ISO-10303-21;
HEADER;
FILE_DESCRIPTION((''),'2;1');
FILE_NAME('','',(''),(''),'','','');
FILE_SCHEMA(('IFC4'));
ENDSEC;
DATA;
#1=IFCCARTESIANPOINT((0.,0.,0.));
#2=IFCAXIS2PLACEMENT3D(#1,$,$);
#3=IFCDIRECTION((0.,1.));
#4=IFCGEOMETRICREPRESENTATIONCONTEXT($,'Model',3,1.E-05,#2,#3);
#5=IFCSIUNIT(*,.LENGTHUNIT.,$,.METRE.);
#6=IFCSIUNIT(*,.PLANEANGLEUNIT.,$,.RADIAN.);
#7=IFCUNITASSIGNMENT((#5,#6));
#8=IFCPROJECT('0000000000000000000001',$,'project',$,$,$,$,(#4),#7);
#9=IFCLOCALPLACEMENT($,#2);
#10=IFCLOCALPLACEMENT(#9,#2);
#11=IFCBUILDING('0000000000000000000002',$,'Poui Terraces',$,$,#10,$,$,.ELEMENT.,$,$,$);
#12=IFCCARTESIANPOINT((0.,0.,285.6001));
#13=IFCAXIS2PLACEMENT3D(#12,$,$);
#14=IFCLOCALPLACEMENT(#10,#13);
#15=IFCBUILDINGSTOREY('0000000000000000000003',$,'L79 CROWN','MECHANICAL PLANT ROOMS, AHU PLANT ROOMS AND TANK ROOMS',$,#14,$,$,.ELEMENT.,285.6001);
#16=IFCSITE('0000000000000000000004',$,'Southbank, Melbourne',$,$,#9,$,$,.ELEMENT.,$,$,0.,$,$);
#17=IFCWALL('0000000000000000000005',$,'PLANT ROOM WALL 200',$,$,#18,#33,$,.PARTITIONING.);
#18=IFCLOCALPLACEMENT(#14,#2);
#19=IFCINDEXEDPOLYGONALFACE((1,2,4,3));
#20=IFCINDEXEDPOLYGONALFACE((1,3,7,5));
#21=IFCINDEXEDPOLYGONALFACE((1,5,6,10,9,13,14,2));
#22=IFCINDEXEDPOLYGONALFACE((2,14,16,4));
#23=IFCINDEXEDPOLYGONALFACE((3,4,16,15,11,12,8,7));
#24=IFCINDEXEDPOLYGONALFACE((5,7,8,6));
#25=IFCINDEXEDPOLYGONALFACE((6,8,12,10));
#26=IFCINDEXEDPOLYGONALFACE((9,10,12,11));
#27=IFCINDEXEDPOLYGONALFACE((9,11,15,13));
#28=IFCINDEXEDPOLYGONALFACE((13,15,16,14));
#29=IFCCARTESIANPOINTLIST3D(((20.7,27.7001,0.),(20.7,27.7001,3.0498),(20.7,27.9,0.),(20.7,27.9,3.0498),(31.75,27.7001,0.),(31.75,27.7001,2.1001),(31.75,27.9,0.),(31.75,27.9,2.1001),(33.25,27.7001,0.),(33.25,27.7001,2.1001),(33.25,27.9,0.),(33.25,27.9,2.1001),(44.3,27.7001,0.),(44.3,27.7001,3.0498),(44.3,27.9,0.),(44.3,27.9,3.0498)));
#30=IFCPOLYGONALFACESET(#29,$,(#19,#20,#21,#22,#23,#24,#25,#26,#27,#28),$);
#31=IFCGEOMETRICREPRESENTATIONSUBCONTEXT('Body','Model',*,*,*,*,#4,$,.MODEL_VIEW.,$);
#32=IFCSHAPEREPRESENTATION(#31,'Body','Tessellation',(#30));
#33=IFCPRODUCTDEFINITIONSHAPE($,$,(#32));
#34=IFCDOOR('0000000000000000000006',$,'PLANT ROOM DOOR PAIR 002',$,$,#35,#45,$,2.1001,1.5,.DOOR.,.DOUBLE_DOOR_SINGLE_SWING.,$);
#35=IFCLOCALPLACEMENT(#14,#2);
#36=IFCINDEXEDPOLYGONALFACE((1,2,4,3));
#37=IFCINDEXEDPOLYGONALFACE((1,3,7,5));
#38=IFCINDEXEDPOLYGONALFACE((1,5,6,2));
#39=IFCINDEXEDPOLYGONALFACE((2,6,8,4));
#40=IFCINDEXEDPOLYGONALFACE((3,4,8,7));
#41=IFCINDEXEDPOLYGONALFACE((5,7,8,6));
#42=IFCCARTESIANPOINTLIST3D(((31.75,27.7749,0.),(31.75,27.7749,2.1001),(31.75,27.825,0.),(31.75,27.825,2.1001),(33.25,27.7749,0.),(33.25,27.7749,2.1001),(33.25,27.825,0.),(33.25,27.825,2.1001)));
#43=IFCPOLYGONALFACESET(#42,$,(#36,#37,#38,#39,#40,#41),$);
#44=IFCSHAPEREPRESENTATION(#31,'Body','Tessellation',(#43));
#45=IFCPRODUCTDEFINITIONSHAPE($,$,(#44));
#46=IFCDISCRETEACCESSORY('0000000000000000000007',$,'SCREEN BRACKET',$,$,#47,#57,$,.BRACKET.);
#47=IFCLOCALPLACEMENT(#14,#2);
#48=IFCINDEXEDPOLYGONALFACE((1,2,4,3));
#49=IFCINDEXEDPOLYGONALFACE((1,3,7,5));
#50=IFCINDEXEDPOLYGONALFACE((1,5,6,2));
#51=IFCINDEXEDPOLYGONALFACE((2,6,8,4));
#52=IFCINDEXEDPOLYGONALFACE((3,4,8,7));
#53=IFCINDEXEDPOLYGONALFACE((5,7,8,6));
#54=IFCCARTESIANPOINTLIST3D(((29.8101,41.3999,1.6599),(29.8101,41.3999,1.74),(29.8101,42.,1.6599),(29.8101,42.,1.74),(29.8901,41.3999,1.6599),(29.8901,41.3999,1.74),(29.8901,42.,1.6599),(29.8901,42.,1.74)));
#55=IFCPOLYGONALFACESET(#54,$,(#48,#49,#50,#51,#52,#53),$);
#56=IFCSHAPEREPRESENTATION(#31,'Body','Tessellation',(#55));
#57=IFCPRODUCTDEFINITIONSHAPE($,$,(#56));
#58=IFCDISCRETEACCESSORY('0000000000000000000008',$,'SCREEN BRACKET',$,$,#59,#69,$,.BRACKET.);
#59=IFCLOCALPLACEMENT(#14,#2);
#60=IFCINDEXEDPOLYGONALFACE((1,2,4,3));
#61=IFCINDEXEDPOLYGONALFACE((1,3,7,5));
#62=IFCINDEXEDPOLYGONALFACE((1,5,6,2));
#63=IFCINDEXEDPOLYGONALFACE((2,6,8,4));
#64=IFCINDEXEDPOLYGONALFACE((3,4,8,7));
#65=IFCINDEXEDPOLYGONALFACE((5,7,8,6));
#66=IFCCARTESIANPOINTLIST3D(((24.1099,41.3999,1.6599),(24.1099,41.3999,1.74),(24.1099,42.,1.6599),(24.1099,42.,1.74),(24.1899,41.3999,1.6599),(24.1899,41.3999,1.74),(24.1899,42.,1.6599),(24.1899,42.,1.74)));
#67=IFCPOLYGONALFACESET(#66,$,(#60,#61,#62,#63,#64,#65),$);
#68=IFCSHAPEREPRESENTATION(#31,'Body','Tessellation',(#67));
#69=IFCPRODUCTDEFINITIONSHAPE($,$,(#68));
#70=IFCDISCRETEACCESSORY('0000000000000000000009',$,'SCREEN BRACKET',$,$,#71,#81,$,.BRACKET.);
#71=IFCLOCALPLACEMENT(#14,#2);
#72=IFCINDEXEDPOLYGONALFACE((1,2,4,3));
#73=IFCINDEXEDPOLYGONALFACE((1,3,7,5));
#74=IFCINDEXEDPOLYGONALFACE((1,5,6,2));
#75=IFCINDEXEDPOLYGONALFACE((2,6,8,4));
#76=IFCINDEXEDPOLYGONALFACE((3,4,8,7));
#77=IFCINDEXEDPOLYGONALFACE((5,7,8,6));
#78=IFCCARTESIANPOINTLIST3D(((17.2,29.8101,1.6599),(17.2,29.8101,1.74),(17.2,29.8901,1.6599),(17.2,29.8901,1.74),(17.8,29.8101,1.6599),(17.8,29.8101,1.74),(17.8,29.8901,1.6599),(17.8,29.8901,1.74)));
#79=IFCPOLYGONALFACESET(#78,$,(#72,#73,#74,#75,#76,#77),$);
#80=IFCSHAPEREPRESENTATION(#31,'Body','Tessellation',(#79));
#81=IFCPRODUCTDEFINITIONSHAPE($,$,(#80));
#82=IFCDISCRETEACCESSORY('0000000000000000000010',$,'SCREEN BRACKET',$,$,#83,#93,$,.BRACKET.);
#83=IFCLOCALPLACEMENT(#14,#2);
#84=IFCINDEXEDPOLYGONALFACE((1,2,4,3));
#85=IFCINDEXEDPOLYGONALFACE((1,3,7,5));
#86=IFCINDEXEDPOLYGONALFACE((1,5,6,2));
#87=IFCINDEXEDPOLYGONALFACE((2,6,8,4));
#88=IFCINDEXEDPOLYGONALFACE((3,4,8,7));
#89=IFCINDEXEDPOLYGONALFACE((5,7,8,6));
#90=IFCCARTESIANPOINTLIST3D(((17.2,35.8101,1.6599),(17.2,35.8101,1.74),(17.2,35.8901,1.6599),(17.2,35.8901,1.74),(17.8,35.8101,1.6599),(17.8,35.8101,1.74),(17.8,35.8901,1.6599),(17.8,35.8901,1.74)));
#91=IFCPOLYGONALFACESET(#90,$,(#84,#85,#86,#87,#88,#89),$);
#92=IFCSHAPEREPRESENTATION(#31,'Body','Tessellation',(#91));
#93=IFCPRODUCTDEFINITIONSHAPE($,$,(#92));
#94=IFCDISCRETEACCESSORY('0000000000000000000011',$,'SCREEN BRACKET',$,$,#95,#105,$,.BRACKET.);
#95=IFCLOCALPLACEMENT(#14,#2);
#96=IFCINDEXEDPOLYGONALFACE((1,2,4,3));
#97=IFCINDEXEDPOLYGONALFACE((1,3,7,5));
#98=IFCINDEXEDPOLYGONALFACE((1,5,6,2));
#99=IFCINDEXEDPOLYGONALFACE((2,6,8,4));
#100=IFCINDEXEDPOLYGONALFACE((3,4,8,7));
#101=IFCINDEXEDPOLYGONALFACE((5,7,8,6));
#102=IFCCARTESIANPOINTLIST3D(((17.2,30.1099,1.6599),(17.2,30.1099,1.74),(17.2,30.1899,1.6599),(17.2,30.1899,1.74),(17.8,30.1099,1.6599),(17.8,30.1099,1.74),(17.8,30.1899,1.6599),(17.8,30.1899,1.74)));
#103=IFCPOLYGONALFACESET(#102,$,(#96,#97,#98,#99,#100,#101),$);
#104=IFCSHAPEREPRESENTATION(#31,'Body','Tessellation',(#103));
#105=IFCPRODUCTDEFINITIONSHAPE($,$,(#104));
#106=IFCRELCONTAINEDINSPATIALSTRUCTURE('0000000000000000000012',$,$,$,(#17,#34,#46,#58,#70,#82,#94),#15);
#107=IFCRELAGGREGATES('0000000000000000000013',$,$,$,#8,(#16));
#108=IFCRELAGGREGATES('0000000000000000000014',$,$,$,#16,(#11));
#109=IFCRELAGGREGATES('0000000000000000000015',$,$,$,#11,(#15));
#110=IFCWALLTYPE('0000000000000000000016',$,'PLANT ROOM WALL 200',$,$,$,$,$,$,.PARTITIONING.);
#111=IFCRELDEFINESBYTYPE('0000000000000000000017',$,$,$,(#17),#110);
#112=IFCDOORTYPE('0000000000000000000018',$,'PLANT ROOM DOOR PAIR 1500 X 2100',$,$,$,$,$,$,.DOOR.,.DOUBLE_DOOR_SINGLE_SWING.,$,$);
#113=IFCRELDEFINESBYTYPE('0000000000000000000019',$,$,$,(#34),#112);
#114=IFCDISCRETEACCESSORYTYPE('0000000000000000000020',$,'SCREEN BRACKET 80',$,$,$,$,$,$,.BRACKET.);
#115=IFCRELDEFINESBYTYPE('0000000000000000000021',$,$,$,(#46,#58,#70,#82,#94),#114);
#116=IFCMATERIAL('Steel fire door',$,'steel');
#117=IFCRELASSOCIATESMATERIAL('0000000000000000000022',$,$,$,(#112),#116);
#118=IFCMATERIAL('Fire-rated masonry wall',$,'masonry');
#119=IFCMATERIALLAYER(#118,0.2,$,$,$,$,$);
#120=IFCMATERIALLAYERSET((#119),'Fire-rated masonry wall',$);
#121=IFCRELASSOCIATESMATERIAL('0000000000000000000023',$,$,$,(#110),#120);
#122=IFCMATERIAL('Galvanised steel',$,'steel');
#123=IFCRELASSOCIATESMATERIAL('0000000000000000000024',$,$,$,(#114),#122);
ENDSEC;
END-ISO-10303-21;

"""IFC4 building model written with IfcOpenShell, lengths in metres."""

from ifc_helpers import new_model, si_unit, direction, frame, frame_2d, origin, origin_2d, place, context, subcontext, project, spatial, rectangle, extrude, source, transform, mapped, material, layer, layer_set, material_profile, profile_set, type_object, element, fill, save


model = new_model("IFC4")

# Units and contexts
model_context = context("Model", 3, precision=1e-05, world=origin(), true_north=direction((0.0, 1.0)))
body_context = subcontext(model_context, "Body", "Model", "MODEL_VIEW")
ifc_project = project(units=[si_unit("LENGTHUNIT", "METRE"), si_unit("PLANEANGLEUNIT", "RADIAN")], contexts=[model_context])

# Site, building, storey
site_placement = place(None, origin())
site = spatial("IfcSite", under=ifc_project, at=site_placement, Name="Southbank, Melbourne", CompositionType="ELEMENT", RefElevation=0.0)
building_placement = place(site_placement, origin())
building = spatial("IfcBuilding", under=site, at=building_placement, Name="Poui Terraces", CompositionType="ELEMENT")
storey_placement = place(building_placement, frame((0.0, 0.0, 285.6001)))
storey = spatial("IfcBuildingStorey", under=building, at=storey_placement, Name="L79 CROWN", Description="MECHANICAL PLANT ROOMS, AHU PLANT ROOMS AND TANK ROOMS", CompositionType="ELEMENT", Elevation=285.6001)

# Shared definitions
ifc_material_1 = material(Name="Steel fire door", Category="steel")

# Shared definitions
door_type_1 = type_object("IfcDoorType", Name="PLANT ROOM DOOR PAIR 1500 X 2100", OperationType="DOUBLE_DOOR_SINGLE_SWING", PredefinedType="DOOR", material=ifc_material_1)

# Wall, opening, door
ifc_material_2 = material(Name="Fire-rated masonry wall", Category="masonry")
ifc_layer_1 = layer(ifc_material_2, 0.2)
ifc_layer_set_1 = layer_set([ifc_layer_1], Name="Fire-rated masonry wall")
wall_type_1 = type_object("IfcWallType", Name="PLANT ROOM WALL 200", PredefinedType="PARTITIONING", material=ifc_layer_set_1)
wall_1_placement = place(storey_placement, frame((20.7, 27.8, 0.0), z_axis=(0.0, 0.0, 1.0), x_axis=(1.0, 0.0, 0.0)))
wall_1 = element("IfcWall", 1, at=wall_1_placement, inside=storey, type_object=wall_type_1, Name="PLANT ROOM WALL 200", PredefinedType="PARTITIONING", context=body_context, shape_type="SweptSolid", body=[
    extrude(rectangle(XDim=23.6001, YDim=0.2, at=frame_2d((11.8, 0.0))), origin(), (0.0, 0.0, 1.0), 3.0498),
])
opening_1_placement = place(wall_1_placement, frame((11.05, 0.0, 0.0)))
opening_1 = element("IfcOpeningElement", 2, at=opening_1_placement, cuts=wall_1, PredefinedType="OPENING", context=body_context, shape_type="SweptSolid", body=[
    extrude(rectangle(XDim=1.5, YDim=2.1001, at=frame_2d((0.75, 1.05))), frame((0.0, 0.1099, 0.0), z_axis=(0.0, -1.0, 0.0), x_axis=(1.0, 0.0, 0.0)), (0.0, 0.0, 1.0), 0.22),
])
door_1_placement = place(opening_1_placement, origin())
door_1 = element("IfcDoor", 3, at=door_1_placement, inside=storey, type_object=door_type_1, Name="PLANT ROOM DOOR PAIR 002", OperationType="DOUBLE_DOOR_SINGLE_SWING", OverallHeight=2.1001, OverallWidth=1.5, PredefinedType="DOOR", context=body_context, shape_type="SweptSolid", body=[
    extrude(rectangle(XDim=1.5, YDim=2.1001, at=frame_2d((0.75, 1.05))), frame((0.0, 0.0249, 0.0), z_axis=(0.0, -1.0, 0.0), x_axis=(1.0, 0.0, 0.0)), (0.0, 0.0, 1.0), 0.05),
])
fill(opening_1, door_1)

# Discrete accessories
ifc_material_3 = material(Name="Galvanised steel", Category="steel")
ifc_material_profile_1 = material_profile(ifc_material_3, rectangle(XDim=0.0801, YDim=0.0801, at=origin_2d()), Name="SCREEN BRACKET 80")
ifc_profile_set_1 = profile_set([ifc_material_profile_1], Name="Galvanised steel")
discrete_accessory_type = type_object("IfcDiscreteAccessoryType", Name="SCREEN BRACKET 80", PredefinedType="BRACKET", material=ifc_profile_set_1)
shared_shape_1 = source(origin(), body_context, "Body", "SweptSolid", [
    extrude(rectangle(XDim=0.0801, YDim=0.0801, at=origin_2d()), origin(), (0.0, 0.0, 1.0), 0.6001),
])
for number, where, z_axis, x_axis, name in (
    (4, (29.8501, 41.3999, 1.7), (0.0, 1.0, 0.0), (-1.0, 0.0, 0.0), "SCREEN BRACKET"),
    (5, (24.1499, 41.3999, 1.7), (0.0, 1.0, 0.0), (-1.0, 0.0, 0.0), "SCREEN BRACKET"),
    (6, (17.8, 29.8501, 1.7), (-1.0, 0.0, 0.0), (0.0, -1.0, 0.0), "SCREEN BRACKET"),
    (7, (17.8, 35.8501, 1.7), (-1.0, 0.0, 0.0), (0.0, -1.0, 0.0), "SCREEN BRACKET"),
    (8, (17.8, 30.1499, 1.7), (-1.0, 0.0, 0.0), (0.0, -1.0, 0.0), "SCREEN BRACKET"),
):
    element("IfcDiscreteAccessory", number, at=place(storey_placement, frame(where, z_axis=z_axis, x_axis=x_axis)), inside=storey, type_object=discrete_accessory_type, Name=name, PredefinedType="BRACKET", context=body_context, shape_type="MappedRepresentation", body=[
        mapped(shared_shape_1, transform((0.0, 0.0, 0.0))),
    ])

save(model, "model.ifc")
